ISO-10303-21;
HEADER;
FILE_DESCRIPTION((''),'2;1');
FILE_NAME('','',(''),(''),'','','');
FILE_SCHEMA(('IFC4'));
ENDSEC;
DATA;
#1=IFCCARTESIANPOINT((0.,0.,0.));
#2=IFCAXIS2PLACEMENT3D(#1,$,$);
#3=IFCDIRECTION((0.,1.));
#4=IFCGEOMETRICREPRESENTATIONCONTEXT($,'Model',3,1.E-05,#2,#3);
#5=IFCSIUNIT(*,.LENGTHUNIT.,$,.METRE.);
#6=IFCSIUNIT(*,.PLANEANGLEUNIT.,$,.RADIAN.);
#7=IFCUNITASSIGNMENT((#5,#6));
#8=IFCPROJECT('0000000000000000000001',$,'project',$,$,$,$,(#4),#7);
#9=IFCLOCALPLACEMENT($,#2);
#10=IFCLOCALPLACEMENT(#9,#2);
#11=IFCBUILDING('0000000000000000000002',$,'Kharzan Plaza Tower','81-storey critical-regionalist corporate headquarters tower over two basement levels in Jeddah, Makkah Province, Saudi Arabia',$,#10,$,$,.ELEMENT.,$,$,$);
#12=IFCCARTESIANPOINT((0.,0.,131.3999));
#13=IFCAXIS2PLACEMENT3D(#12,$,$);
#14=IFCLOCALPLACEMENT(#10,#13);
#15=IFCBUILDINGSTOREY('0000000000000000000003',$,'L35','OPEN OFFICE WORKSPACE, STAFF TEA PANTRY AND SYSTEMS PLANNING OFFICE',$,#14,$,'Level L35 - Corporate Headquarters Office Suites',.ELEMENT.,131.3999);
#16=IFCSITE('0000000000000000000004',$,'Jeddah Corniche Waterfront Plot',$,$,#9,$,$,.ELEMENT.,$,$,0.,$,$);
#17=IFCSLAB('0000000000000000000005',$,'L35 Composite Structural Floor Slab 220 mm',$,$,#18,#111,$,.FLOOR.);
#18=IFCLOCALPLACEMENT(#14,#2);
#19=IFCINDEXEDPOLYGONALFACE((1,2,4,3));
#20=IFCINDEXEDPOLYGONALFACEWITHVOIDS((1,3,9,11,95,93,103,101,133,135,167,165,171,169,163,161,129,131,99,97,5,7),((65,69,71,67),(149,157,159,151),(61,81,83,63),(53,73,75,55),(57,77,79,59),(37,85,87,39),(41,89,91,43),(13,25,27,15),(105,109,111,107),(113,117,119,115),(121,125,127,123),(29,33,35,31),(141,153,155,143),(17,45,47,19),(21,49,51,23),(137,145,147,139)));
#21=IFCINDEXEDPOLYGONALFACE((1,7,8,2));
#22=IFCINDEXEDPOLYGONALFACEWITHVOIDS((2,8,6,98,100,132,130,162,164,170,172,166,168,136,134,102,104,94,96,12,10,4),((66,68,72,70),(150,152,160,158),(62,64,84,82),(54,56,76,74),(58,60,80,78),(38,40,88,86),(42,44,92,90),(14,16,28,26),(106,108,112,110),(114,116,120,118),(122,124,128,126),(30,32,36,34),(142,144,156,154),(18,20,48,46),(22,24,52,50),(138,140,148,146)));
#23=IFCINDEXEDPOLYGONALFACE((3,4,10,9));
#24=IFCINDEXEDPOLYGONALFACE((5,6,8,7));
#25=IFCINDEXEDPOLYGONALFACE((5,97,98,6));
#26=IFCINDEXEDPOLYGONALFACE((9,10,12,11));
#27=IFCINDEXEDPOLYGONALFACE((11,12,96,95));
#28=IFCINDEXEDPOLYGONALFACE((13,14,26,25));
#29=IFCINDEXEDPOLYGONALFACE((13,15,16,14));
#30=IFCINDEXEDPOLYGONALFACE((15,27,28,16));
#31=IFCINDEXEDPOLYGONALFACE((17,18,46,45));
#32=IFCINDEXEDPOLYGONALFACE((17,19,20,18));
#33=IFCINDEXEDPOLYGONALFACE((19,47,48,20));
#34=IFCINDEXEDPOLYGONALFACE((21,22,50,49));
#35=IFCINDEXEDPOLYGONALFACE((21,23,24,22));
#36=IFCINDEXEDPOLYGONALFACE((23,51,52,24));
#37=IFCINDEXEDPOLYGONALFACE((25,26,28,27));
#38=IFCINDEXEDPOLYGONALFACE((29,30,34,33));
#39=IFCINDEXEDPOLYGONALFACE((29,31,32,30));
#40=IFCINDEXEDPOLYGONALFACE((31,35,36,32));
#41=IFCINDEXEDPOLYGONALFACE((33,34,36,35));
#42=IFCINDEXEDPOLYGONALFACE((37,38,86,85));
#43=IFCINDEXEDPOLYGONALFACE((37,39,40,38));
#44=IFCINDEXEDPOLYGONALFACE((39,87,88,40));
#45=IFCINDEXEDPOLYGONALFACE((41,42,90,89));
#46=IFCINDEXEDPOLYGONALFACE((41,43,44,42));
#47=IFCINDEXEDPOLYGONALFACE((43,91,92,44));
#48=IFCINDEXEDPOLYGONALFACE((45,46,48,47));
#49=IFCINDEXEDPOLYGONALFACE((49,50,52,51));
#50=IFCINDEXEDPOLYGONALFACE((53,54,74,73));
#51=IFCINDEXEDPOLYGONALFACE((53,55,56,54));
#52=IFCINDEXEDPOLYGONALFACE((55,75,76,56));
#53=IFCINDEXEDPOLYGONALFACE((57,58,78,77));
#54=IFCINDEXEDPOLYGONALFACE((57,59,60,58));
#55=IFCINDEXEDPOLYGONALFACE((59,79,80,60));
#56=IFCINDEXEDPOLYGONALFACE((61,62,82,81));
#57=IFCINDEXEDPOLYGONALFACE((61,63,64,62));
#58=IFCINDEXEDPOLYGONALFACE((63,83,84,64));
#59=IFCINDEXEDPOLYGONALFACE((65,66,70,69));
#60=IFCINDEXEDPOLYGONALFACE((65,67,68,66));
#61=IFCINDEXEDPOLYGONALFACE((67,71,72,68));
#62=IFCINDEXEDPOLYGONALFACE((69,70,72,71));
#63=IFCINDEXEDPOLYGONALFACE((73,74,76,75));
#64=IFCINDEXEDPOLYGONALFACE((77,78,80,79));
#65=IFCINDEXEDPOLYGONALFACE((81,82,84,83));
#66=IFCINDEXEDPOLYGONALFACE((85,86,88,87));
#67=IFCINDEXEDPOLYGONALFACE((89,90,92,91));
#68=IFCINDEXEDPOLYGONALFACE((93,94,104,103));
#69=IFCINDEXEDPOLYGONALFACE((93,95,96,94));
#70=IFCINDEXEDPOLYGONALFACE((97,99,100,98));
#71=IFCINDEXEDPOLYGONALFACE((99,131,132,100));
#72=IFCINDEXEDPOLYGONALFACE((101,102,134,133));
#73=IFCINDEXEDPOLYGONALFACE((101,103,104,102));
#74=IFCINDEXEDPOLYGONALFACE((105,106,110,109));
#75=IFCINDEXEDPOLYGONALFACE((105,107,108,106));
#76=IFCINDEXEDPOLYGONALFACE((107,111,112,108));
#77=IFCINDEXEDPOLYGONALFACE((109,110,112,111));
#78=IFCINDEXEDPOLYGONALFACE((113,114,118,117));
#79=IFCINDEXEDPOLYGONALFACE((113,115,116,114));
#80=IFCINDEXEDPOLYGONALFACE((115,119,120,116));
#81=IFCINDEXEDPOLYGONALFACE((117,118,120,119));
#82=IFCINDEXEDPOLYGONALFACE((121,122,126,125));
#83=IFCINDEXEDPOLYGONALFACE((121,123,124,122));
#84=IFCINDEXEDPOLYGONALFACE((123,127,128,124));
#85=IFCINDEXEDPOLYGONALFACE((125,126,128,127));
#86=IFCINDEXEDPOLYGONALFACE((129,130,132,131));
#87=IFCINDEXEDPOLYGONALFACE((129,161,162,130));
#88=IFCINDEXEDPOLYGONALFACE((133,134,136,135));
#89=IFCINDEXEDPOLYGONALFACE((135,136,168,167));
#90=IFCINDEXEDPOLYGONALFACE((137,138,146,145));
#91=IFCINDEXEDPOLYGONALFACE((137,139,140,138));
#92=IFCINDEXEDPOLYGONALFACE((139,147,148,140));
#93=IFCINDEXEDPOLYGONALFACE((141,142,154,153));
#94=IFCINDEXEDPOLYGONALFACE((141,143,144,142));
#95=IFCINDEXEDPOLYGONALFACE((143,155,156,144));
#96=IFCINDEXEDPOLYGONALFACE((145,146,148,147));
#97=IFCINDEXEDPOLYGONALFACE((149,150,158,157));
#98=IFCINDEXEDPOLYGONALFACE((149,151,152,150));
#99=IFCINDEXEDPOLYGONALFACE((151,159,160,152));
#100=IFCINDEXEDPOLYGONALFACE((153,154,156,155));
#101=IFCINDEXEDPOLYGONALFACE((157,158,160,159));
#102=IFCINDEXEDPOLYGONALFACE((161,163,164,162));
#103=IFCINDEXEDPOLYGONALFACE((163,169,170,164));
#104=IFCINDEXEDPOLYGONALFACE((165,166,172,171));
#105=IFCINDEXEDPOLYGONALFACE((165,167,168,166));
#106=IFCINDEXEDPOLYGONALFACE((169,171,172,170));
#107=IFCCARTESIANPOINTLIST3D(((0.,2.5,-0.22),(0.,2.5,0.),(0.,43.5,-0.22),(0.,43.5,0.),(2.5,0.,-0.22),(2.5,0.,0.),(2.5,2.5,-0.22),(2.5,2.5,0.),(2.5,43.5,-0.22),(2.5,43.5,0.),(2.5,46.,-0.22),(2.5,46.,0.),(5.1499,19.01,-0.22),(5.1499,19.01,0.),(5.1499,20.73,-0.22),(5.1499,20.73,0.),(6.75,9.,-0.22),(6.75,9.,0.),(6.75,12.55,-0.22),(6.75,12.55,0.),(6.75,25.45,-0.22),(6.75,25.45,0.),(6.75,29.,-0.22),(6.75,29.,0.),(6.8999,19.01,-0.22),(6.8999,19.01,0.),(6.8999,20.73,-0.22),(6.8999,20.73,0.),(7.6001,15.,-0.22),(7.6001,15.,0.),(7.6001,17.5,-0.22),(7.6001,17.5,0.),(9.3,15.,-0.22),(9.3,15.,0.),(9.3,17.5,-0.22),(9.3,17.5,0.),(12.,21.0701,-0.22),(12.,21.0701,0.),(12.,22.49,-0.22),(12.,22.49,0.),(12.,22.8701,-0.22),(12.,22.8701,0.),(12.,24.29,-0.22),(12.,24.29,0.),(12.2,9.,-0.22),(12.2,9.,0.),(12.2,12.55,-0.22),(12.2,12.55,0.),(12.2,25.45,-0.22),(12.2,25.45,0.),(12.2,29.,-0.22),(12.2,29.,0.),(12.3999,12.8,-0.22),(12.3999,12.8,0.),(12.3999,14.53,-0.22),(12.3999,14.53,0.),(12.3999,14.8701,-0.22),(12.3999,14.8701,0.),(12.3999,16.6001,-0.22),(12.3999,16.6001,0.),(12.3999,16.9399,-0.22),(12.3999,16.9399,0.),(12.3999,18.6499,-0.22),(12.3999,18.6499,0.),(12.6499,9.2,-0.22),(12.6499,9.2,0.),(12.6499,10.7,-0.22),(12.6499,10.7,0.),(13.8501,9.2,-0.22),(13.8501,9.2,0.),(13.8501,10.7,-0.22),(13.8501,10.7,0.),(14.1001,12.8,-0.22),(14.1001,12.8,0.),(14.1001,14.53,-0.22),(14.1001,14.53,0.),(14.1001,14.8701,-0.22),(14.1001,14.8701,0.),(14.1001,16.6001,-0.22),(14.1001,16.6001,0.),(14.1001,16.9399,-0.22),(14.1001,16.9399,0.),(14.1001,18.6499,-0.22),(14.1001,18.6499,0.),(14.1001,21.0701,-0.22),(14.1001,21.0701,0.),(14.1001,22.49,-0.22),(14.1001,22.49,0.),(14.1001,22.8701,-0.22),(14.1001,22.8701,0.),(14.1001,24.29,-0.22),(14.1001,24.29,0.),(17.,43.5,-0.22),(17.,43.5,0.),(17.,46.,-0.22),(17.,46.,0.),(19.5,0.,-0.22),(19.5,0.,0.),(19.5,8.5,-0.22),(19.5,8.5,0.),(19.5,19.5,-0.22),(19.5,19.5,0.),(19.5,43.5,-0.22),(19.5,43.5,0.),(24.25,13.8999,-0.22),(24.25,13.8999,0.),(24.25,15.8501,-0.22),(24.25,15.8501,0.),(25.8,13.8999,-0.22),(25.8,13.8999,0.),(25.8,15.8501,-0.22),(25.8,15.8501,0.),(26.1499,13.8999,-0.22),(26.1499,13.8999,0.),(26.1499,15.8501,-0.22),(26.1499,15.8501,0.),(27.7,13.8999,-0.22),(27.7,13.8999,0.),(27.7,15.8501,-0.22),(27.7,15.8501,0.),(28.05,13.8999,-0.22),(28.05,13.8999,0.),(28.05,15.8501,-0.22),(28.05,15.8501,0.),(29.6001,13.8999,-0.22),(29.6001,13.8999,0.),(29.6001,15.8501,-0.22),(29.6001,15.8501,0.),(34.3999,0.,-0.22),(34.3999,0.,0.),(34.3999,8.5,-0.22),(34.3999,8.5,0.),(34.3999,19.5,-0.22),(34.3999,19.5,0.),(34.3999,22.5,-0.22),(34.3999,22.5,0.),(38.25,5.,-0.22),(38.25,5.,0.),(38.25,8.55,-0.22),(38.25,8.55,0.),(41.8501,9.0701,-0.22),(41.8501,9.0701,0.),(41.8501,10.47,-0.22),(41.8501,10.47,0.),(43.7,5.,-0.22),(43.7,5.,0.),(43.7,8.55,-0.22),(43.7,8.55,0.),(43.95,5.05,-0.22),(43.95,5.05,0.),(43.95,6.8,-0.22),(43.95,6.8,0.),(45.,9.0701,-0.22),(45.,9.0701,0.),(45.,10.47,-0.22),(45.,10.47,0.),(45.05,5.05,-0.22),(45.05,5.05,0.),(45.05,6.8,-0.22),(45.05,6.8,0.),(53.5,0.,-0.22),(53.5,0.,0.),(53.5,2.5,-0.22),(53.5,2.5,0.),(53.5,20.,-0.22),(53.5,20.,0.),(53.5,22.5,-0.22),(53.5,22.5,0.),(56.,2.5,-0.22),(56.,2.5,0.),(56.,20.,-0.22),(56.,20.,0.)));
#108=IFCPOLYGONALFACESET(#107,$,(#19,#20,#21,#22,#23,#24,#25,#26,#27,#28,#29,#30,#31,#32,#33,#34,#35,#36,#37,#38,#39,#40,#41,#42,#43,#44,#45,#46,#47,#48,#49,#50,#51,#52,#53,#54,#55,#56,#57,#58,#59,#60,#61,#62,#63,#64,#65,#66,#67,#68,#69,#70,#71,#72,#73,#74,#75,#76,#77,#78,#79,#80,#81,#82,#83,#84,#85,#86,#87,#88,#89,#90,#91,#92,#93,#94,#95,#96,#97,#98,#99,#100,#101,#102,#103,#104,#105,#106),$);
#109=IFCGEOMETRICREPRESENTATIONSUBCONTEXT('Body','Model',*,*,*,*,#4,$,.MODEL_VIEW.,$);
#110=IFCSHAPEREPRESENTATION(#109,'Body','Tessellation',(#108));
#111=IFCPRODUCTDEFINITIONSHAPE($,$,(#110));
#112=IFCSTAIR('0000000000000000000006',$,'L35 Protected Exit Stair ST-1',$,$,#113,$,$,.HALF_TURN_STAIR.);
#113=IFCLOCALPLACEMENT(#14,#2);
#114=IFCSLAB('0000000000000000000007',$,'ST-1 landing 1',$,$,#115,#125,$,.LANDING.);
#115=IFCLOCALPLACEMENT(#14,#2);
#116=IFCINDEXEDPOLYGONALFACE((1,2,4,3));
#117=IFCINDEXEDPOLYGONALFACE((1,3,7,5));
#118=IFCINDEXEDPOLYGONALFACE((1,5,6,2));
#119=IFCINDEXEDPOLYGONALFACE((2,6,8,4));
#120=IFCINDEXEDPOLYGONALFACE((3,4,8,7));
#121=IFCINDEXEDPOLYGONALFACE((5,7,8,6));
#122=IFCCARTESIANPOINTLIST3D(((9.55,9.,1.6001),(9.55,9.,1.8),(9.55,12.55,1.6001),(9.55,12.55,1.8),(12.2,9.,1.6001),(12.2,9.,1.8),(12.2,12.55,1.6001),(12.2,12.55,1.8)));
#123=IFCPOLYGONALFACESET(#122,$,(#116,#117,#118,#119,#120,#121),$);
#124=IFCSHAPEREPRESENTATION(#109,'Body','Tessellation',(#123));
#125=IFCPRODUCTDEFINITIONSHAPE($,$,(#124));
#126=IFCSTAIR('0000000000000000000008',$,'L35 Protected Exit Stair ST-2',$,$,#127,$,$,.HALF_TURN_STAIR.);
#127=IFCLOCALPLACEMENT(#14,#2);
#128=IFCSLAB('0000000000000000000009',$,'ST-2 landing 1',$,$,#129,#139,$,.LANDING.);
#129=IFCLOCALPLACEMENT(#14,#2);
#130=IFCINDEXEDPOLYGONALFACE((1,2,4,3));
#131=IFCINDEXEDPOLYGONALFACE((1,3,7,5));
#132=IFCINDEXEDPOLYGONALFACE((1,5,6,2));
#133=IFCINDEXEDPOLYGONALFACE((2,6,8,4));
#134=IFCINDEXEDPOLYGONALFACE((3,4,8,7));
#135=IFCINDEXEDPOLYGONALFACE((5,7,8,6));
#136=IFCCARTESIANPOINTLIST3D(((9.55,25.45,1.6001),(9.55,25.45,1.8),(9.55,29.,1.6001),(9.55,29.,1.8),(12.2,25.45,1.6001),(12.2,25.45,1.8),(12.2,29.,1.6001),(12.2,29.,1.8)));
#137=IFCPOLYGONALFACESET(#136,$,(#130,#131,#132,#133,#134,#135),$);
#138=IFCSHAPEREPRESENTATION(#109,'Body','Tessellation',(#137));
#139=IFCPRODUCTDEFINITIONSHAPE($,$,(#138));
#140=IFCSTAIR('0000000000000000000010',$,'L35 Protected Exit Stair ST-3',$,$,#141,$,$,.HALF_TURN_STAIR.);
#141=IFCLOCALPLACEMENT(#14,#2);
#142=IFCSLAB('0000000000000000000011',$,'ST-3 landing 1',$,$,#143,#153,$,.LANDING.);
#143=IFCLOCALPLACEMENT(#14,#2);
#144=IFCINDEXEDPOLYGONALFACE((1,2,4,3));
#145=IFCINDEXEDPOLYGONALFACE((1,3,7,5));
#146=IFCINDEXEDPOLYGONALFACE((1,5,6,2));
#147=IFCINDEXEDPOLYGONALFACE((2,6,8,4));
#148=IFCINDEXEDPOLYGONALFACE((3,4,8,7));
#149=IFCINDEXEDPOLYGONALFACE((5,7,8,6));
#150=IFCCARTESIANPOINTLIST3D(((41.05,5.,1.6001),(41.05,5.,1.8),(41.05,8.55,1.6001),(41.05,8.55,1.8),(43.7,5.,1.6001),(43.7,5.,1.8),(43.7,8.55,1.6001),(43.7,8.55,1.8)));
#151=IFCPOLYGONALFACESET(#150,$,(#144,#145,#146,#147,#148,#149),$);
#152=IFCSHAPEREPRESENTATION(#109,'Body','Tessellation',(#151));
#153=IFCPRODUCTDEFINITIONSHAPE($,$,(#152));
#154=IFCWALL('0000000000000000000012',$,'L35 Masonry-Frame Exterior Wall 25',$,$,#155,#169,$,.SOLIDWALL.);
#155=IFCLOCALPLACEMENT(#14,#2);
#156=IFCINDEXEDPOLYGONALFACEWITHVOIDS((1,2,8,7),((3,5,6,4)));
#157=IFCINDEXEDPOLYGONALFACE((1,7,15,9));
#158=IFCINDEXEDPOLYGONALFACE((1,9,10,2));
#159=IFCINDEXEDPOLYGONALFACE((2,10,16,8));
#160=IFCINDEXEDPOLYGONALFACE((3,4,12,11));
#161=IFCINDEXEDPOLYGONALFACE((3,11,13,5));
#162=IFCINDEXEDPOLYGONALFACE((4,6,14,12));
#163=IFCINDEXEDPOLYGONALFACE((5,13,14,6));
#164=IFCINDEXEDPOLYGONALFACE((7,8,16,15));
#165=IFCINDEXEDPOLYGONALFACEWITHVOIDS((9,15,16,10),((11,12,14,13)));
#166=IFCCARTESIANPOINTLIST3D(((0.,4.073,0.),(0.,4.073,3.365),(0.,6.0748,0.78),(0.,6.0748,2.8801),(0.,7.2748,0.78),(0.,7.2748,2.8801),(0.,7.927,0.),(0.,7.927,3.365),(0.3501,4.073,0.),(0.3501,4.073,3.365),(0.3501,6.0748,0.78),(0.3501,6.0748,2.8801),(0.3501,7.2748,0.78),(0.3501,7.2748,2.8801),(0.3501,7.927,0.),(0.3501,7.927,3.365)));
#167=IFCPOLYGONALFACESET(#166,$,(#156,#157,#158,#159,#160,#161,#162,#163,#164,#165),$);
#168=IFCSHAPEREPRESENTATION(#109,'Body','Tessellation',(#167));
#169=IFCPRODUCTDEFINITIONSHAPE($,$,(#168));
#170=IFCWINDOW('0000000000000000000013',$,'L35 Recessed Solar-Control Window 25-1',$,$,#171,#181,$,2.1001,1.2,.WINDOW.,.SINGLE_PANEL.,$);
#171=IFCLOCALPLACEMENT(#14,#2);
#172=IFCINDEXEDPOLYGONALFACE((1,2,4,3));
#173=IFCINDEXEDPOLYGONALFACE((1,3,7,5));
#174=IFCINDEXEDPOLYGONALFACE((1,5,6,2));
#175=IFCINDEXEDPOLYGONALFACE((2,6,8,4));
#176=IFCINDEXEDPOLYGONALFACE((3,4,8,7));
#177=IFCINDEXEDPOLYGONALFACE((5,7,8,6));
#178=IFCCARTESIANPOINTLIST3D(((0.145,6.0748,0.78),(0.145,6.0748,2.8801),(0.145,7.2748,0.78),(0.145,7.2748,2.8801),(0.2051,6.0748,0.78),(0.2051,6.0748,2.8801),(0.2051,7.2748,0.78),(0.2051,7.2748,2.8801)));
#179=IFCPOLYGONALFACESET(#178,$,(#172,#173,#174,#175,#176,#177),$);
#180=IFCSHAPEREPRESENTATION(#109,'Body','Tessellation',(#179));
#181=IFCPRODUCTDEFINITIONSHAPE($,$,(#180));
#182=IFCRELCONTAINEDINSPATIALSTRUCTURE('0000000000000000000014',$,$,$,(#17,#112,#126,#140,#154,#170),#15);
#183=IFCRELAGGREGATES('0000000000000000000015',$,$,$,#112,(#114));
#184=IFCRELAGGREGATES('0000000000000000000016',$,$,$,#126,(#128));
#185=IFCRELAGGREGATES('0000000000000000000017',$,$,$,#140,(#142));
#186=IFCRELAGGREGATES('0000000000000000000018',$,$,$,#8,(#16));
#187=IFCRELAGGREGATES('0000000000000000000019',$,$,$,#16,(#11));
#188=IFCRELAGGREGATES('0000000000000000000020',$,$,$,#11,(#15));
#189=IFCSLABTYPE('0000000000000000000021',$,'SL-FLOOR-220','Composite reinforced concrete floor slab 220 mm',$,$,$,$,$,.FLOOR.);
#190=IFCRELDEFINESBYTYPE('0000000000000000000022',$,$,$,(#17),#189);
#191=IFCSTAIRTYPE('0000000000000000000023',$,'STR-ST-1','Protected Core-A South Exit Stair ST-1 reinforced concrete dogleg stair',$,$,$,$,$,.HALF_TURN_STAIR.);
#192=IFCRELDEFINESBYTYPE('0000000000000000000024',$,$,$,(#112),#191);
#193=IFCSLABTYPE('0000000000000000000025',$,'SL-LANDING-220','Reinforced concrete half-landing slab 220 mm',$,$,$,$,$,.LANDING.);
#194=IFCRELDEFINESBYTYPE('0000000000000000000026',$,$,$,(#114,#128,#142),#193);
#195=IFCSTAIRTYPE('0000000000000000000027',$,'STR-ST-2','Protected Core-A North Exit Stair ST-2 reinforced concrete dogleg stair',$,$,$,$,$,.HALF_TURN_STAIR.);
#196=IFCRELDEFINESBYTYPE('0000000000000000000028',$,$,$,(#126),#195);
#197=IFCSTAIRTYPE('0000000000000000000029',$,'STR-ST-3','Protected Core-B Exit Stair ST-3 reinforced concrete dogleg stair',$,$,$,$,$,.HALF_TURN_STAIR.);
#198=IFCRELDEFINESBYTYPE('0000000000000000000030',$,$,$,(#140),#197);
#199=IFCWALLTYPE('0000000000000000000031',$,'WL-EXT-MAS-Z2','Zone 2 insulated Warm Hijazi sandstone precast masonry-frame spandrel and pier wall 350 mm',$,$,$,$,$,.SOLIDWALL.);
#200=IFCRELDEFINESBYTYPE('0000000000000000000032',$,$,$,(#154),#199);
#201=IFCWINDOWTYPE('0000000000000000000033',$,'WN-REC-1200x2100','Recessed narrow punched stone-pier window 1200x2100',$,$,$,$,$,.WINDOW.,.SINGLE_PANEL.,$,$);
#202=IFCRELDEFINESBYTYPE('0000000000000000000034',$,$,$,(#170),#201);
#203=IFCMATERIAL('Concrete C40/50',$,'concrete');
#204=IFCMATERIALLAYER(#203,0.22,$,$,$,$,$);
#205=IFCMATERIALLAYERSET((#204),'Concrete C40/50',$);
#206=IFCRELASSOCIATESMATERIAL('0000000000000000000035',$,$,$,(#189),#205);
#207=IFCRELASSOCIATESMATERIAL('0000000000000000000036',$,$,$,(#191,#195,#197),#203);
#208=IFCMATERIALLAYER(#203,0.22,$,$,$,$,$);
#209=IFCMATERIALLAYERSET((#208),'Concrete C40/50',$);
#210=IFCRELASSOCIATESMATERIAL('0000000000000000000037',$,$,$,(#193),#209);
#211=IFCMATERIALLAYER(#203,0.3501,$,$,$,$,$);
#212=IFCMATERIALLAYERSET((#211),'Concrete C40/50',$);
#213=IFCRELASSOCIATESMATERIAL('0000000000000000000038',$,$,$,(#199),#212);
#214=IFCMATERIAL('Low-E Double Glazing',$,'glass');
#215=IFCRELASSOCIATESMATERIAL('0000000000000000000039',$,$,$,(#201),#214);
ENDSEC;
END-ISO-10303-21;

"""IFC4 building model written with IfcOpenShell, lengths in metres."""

from ifc_helpers import new_model, si_unit, direction, frame, frame_2d, origin, place, context, subcontext, project, spatial, polyline, rectangle, outline, extrude, source, transform, mapped, material, layer, layer_set, type_object, element, fill, aggregate, save


model = new_model("IFC4")

# Units and contexts
model_context = context("Model", 3, precision=1e-05, world=origin(), true_north=direction((0.0, 1.0)))
body_context = subcontext(model_context, "Body", "Model", "MODEL_VIEW")
ifc_project = project(units=[si_unit("LENGTHUNIT", "METRE"), si_unit("PLANEANGLEUNIT", "RADIAN")], contexts=[model_context])

# Site, building, storey
site_placement = place(None, origin())
site = spatial("IfcSite", under=ifc_project, at=site_placement, Name="Jeddah Corniche Waterfront Plot", CompositionType="ELEMENT", RefElevation=0.0)
building_placement = place(site_placement, origin())
building = spatial("IfcBuilding", under=site, at=building_placement, Name="Kharzan Plaza Tower", Description="81-storey critical-regionalist corporate headquarters tower over two basement levels in Jeddah, Makkah Province, Saudi Arabia", CompositionType="ELEMENT")
storey_placement = place(building_placement, frame((0.0, 0.0, 131.3999)))
storey = spatial("IfcBuildingStorey", under=building, at=storey_placement, Name="L35", Description="OPEN OFFICE WORKSPACE, STAFF TEA PANTRY AND SYSTEMS PLANNING OFFICE", LongName="Level L35 - Corporate Headquarters Office Suites", CompositionType="ELEMENT", Elevation=131.3999)

# Slab
ifc_material_1 = material(Name="Concrete C40/50", Category="concrete")
ifc_layer_1 = layer(ifc_material_1, 0.22)
ifc_layer_set_1 = layer_set([ifc_layer_1], Name="Concrete C40/50")
slab_type_1 = type_object("IfcSlabType", Name="SL-FLOOR-220", Description="Composite reinforced concrete floor slab 220 mm", PredefinedType="FLOOR", material=ifc_layer_set_1)
slab_1_placement = place(storey_placement, frame((0.0, 0.0, -0.22)))
element("IfcSlab", 1, at=slab_1_placement, inside=storey, type_object=slab_type_1, Name="L35 Composite Structural Floor Slab 220 mm", PredefinedType="FLOOR", context=body_context, shape_type="SweptSolid", body=[
    extrude(outline(polyline([(34.3999, 19.5), (19.5, 19.5), (19.5, 43.5), (17.0, 43.5), (17.0, 46.0), (2.5, 46.0), (2.5, 43.5), (0.0, 43.5), (0.0, 2.5), (2.5, 2.5), (2.5, 0.0), (19.5, 0.0), (19.5, 8.5), (34.3999, 8.5), (34.3999, 0.0), (53.5, 0.0), (53.5, 2.5), (56.0, 2.5), (56.0, 20.0), (53.5, 20.0), (53.5, 22.5), (34.3999, 22.5), (34.3999, 19.5)]), holes=[polyline([(12.2, 9.0), (12.2, 12.55), (6.75, 12.55), (6.75, 9.0), (12.2, 9.0)]), polyline([(14.1001, 12.8), (14.1001, 14.53), (12.3999, 14.53), (12.3999, 12.8), (14.1001, 12.8)]), polyline([(14.1001, 14.8701), (14.1001, 16.6001), (12.3999, 16.6001), (12.3999, 14.8701), (14.1001, 14.8701)]), polyline([(9.3, 15.0), (9.3, 17.5), (7.6001, 17.5), (7.6001, 15.0), (9.3, 15.0)]), polyline([(6.8999, 19.01), (6.8999, 20.73), (5.1499, 20.73), (5.1499, 19.01), (6.8999, 19.01)]), polyline([(14.1001, 21.0701), (14.1001, 22.49), (12.0, 22.49), (12.0, 21.0701), (14.1001, 21.0701)]), polyline([(14.1001, 22.8701), (14.1001, 24.29), (12.0, 24.29), (12.0, 22.8701), (14.1001, 22.8701)]), polyline([(12.2, 25.45), (12.2, 29.0), (6.75, 29.0), (6.75, 25.45), (12.2, 25.45)]), polyline([(45.05, 5.05), (45.05, 6.8), (43.95, 6.8), (43.95, 5.05), (45.05, 5.05)]), polyline([(43.7, 5.0), (43.7, 8.55), (38.25, 8.55), (38.25, 5.0), (43.7, 5.0)]), polyline([(45.0, 9.0701), (45.0, 10.47), (41.8501, 10.47), (41.8501, 9.0701), (45.0, 9.0701)]), polyline([(13.8501, 9.2), (13.8501, 10.7), (12.6499, 10.7), (12.6499, 9.2), (13.8501, 9.2)]), polyline([(25.8, 13.8999), (25.8, 15.8501), (24.25, 15.8501), (24.25, 13.8999), (25.8, 13.8999)]), polyline([(27.7, 13.8999), (27.7, 15.8501), (26.1499, 15.8501), (26.1499, 13.8999), (27.7, 13.8999)]), polyline([(29.6001, 13.8999), (29.6001, 15.8501), (28.05, 15.8501), (28.05, 13.8999), (29.6001, 13.8999)]), polyline([(14.1001, 16.9399), (14.1001, 18.6499), (12.3999, 18.6499), (12.3999, 16.9399), (14.1001, 16.9399)])]), origin(), (0.0, 0.0, 1.0), 0.22),
])

# Stairs, slabs
stair_type_1 = type_object("IfcStairType", Name="STR-ST-1", Description="Protected Core-A South Exit Stair ST-1 reinforced concrete dogleg stair", PredefinedType="HALF_TURN_STAIR", material=ifc_material_1)
stair_1_placement = place(storey_placement, origin())
stair_1 = element("IfcStair", 2, at=stair_1_placement, inside=storey, type_object=stair_type_1, Name="L35 Protected Exit Stair ST-1", PredefinedType="HALF_TURN_STAIR")
ifc_layer_2 = layer(ifc_material_1, 0.22)
ifc_layer_set_2 = layer_set([ifc_layer_2], Name="Concrete C40/50")
slab_type_2 = type_object("IfcSlabType", Name="SL-LANDING-220", Description="Reinforced concrete half-landing slab 220 mm", PredefinedType="LANDING", material=ifc_layer_set_2)
slab_2_placement = place(storey_placement, frame((0.0, 0.0, 1.6001)))
slab_2 = element("IfcSlab", 3, at=slab_2_placement, type_object=slab_type_2, Name="ST-1 landing 1", PredefinedType="LANDING", context=body_context, shape_type="SweptSolid", body=[
    extrude(outline(polyline([(9.55, 9.0), (12.2, 9.0), (12.2, 12.55), (9.55, 12.55), (9.55, 9.0)])), origin(), (0.0, 0.0, 1.0), 0.2),
])
aggregate(stair_1, [slab_2])
stair_type_2 = type_object("IfcStairType", Name="STR-ST-2", Description="Protected Core-A North Exit Stair ST-2 reinforced concrete dogleg stair", PredefinedType="HALF_TURN_STAIR", material=ifc_material_1)
stair_2_placement = place(storey_placement, origin())
stair_2 = element("IfcStair", 4, at=stair_2_placement, inside=storey, type_object=stair_type_2, Name="L35 Protected Exit Stair ST-2", PredefinedType="HALF_TURN_STAIR")
slab_3_placement = place(storey_placement, frame((0.0, 0.0, 1.6001)))
slab_3 = element("IfcSlab", 5, at=slab_3_placement, type_object=slab_type_2, Name="ST-2 landing 1", PredefinedType="LANDING", context=body_context, shape_type="SweptSolid", body=[
    extrude(outline(polyline([(9.55, 25.45), (12.2, 25.45), (12.2, 29.0), (9.55, 29.0), (9.55, 25.45)])), origin(), (0.0, 0.0, 1.0), 0.2),
])
aggregate(stair_2, [slab_3])
stair_type_3 = type_object("IfcStairType", Name="STR-ST-3", Description="Protected Core-B Exit Stair ST-3 reinforced concrete dogleg stair", PredefinedType="HALF_TURN_STAIR", material=ifc_material_1)
stair_3_placement = place(storey_placement, origin())
stair_3 = element("IfcStair", 6, at=stair_3_placement, inside=storey, type_object=stair_type_3, Name="L35 Protected Exit Stair ST-3", PredefinedType="HALF_TURN_STAIR")
slab_4_placement = place(storey_placement, frame((0.0, 0.0, 1.6001)))
slab_4 = element("IfcSlab", 7, at=slab_4_placement, type_object=slab_type_2, Name="ST-3 landing 1", PredefinedType="LANDING", context=body_context, shape_type="SweptSolid", body=[
    extrude(outline(polyline([(41.05, 5.0), (43.7, 5.0), (43.7, 8.55), (41.05, 8.55), (41.05, 5.0)])), origin(), (0.0, 0.0, 1.0), 0.2),
])
aggregate(stair_3, [slab_4])

# Wall, opening, window
ifc_layer_3 = layer(ifc_material_1, 0.3501)
ifc_layer_set_3 = layer_set([ifc_layer_3], Name="Concrete C40/50")
wall_type_1 = type_object("IfcWallType", Name="WL-EXT-MAS-Z2", Description="Zone 2 insulated Warm Hijazi sandstone precast masonry-frame spandrel and pier wall 350 mm", PredefinedType="SOLIDWALL", material=ifc_layer_set_3)
wall_1_placement = place(storey_placement, frame((0.175, 7.927, 0.0), z_axis=(0.0, 0.0, 1.0), x_axis=(0.0, -1.0, 0.0)))
wall_1 = element("IfcWall", 8, at=wall_1_placement, inside=storey, type_object=wall_type_1, Name="L35 Masonry-Frame Exterior Wall 25", PredefinedType="SOLIDWALL", context=body_context, shape_type="SweptSolid", body=[
    extrude(rectangle(XDim=3.854, YDim=0.3501, at=frame_2d((1.927, 0.0))), origin(), (0.0, 0.0, 1.0), 3.365),
])
opening_1_placement = place(wall_1_placement, frame((0.6521, 0.0, 0.78)))
opening_1 = element("IfcOpeningElement", 9, at=opening_1_placement, cuts=wall_1, PredefinedType="OPENING", context=body_context, shape_type="SweptSolid", body=[
    extrude(rectangle(XDim=1.2, YDim=2.1001, at=frame_2d((0.6001, 1.05))), frame((0.0, 0.1851, 0.0), z_axis=(0.0, -1.0, 0.0), x_axis=(1.0, 0.0, 0.0)), (0.0, 0.0, 1.0), 0.3701),
])
ifc_material_2 = material(Name="Low-E Double Glazing", Category="glass")
window_type_1 = type_object("IfcWindowType", Name="WN-REC-1200x2100", Description="Recessed narrow punched stone-pier window 1200x2100", PartitioningType="SINGLE_PANEL", PredefinedType="WINDOW", material=ifc_material_2)
shared_shape_1 = source(origin(), body_context, "Body", "SweptSolid", [
    extrude(rectangle(XDim=1.2, YDim=2.1001, at=frame_2d((0.6001, 1.05))), frame((0.0, 0.03, 0.0), z_axis=(0.0, -1.0, 0.0), x_axis=(1.0, 0.0, 0.0)), (0.0, 0.0, 1.0), 0.0601),
])
window_1_placement = place(opening_1_placement, origin())
window_1 = element("IfcWindow", 10, at=window_1_placement, inside=storey, type_object=window_type_1, Name="L35 Recessed Solar-Control Window 25-1", OverallHeight=2.1001, OverallWidth=1.2, PartitioningType="SINGLE_PANEL", PredefinedType="WINDOW", context=body_context, shape_type="MappedRepresentation", body=[
    mapped(shared_shape_1, transform((0.0, 0.0, 0.0), x_axis=(1.0, 0.0, 0.0), y_axis=(0.0, 1.0, 0.0), z_axis=(0.0, 0.0, 1.0))),
])
fill(opening_1, window_1)

save(model, "model.ifc")
